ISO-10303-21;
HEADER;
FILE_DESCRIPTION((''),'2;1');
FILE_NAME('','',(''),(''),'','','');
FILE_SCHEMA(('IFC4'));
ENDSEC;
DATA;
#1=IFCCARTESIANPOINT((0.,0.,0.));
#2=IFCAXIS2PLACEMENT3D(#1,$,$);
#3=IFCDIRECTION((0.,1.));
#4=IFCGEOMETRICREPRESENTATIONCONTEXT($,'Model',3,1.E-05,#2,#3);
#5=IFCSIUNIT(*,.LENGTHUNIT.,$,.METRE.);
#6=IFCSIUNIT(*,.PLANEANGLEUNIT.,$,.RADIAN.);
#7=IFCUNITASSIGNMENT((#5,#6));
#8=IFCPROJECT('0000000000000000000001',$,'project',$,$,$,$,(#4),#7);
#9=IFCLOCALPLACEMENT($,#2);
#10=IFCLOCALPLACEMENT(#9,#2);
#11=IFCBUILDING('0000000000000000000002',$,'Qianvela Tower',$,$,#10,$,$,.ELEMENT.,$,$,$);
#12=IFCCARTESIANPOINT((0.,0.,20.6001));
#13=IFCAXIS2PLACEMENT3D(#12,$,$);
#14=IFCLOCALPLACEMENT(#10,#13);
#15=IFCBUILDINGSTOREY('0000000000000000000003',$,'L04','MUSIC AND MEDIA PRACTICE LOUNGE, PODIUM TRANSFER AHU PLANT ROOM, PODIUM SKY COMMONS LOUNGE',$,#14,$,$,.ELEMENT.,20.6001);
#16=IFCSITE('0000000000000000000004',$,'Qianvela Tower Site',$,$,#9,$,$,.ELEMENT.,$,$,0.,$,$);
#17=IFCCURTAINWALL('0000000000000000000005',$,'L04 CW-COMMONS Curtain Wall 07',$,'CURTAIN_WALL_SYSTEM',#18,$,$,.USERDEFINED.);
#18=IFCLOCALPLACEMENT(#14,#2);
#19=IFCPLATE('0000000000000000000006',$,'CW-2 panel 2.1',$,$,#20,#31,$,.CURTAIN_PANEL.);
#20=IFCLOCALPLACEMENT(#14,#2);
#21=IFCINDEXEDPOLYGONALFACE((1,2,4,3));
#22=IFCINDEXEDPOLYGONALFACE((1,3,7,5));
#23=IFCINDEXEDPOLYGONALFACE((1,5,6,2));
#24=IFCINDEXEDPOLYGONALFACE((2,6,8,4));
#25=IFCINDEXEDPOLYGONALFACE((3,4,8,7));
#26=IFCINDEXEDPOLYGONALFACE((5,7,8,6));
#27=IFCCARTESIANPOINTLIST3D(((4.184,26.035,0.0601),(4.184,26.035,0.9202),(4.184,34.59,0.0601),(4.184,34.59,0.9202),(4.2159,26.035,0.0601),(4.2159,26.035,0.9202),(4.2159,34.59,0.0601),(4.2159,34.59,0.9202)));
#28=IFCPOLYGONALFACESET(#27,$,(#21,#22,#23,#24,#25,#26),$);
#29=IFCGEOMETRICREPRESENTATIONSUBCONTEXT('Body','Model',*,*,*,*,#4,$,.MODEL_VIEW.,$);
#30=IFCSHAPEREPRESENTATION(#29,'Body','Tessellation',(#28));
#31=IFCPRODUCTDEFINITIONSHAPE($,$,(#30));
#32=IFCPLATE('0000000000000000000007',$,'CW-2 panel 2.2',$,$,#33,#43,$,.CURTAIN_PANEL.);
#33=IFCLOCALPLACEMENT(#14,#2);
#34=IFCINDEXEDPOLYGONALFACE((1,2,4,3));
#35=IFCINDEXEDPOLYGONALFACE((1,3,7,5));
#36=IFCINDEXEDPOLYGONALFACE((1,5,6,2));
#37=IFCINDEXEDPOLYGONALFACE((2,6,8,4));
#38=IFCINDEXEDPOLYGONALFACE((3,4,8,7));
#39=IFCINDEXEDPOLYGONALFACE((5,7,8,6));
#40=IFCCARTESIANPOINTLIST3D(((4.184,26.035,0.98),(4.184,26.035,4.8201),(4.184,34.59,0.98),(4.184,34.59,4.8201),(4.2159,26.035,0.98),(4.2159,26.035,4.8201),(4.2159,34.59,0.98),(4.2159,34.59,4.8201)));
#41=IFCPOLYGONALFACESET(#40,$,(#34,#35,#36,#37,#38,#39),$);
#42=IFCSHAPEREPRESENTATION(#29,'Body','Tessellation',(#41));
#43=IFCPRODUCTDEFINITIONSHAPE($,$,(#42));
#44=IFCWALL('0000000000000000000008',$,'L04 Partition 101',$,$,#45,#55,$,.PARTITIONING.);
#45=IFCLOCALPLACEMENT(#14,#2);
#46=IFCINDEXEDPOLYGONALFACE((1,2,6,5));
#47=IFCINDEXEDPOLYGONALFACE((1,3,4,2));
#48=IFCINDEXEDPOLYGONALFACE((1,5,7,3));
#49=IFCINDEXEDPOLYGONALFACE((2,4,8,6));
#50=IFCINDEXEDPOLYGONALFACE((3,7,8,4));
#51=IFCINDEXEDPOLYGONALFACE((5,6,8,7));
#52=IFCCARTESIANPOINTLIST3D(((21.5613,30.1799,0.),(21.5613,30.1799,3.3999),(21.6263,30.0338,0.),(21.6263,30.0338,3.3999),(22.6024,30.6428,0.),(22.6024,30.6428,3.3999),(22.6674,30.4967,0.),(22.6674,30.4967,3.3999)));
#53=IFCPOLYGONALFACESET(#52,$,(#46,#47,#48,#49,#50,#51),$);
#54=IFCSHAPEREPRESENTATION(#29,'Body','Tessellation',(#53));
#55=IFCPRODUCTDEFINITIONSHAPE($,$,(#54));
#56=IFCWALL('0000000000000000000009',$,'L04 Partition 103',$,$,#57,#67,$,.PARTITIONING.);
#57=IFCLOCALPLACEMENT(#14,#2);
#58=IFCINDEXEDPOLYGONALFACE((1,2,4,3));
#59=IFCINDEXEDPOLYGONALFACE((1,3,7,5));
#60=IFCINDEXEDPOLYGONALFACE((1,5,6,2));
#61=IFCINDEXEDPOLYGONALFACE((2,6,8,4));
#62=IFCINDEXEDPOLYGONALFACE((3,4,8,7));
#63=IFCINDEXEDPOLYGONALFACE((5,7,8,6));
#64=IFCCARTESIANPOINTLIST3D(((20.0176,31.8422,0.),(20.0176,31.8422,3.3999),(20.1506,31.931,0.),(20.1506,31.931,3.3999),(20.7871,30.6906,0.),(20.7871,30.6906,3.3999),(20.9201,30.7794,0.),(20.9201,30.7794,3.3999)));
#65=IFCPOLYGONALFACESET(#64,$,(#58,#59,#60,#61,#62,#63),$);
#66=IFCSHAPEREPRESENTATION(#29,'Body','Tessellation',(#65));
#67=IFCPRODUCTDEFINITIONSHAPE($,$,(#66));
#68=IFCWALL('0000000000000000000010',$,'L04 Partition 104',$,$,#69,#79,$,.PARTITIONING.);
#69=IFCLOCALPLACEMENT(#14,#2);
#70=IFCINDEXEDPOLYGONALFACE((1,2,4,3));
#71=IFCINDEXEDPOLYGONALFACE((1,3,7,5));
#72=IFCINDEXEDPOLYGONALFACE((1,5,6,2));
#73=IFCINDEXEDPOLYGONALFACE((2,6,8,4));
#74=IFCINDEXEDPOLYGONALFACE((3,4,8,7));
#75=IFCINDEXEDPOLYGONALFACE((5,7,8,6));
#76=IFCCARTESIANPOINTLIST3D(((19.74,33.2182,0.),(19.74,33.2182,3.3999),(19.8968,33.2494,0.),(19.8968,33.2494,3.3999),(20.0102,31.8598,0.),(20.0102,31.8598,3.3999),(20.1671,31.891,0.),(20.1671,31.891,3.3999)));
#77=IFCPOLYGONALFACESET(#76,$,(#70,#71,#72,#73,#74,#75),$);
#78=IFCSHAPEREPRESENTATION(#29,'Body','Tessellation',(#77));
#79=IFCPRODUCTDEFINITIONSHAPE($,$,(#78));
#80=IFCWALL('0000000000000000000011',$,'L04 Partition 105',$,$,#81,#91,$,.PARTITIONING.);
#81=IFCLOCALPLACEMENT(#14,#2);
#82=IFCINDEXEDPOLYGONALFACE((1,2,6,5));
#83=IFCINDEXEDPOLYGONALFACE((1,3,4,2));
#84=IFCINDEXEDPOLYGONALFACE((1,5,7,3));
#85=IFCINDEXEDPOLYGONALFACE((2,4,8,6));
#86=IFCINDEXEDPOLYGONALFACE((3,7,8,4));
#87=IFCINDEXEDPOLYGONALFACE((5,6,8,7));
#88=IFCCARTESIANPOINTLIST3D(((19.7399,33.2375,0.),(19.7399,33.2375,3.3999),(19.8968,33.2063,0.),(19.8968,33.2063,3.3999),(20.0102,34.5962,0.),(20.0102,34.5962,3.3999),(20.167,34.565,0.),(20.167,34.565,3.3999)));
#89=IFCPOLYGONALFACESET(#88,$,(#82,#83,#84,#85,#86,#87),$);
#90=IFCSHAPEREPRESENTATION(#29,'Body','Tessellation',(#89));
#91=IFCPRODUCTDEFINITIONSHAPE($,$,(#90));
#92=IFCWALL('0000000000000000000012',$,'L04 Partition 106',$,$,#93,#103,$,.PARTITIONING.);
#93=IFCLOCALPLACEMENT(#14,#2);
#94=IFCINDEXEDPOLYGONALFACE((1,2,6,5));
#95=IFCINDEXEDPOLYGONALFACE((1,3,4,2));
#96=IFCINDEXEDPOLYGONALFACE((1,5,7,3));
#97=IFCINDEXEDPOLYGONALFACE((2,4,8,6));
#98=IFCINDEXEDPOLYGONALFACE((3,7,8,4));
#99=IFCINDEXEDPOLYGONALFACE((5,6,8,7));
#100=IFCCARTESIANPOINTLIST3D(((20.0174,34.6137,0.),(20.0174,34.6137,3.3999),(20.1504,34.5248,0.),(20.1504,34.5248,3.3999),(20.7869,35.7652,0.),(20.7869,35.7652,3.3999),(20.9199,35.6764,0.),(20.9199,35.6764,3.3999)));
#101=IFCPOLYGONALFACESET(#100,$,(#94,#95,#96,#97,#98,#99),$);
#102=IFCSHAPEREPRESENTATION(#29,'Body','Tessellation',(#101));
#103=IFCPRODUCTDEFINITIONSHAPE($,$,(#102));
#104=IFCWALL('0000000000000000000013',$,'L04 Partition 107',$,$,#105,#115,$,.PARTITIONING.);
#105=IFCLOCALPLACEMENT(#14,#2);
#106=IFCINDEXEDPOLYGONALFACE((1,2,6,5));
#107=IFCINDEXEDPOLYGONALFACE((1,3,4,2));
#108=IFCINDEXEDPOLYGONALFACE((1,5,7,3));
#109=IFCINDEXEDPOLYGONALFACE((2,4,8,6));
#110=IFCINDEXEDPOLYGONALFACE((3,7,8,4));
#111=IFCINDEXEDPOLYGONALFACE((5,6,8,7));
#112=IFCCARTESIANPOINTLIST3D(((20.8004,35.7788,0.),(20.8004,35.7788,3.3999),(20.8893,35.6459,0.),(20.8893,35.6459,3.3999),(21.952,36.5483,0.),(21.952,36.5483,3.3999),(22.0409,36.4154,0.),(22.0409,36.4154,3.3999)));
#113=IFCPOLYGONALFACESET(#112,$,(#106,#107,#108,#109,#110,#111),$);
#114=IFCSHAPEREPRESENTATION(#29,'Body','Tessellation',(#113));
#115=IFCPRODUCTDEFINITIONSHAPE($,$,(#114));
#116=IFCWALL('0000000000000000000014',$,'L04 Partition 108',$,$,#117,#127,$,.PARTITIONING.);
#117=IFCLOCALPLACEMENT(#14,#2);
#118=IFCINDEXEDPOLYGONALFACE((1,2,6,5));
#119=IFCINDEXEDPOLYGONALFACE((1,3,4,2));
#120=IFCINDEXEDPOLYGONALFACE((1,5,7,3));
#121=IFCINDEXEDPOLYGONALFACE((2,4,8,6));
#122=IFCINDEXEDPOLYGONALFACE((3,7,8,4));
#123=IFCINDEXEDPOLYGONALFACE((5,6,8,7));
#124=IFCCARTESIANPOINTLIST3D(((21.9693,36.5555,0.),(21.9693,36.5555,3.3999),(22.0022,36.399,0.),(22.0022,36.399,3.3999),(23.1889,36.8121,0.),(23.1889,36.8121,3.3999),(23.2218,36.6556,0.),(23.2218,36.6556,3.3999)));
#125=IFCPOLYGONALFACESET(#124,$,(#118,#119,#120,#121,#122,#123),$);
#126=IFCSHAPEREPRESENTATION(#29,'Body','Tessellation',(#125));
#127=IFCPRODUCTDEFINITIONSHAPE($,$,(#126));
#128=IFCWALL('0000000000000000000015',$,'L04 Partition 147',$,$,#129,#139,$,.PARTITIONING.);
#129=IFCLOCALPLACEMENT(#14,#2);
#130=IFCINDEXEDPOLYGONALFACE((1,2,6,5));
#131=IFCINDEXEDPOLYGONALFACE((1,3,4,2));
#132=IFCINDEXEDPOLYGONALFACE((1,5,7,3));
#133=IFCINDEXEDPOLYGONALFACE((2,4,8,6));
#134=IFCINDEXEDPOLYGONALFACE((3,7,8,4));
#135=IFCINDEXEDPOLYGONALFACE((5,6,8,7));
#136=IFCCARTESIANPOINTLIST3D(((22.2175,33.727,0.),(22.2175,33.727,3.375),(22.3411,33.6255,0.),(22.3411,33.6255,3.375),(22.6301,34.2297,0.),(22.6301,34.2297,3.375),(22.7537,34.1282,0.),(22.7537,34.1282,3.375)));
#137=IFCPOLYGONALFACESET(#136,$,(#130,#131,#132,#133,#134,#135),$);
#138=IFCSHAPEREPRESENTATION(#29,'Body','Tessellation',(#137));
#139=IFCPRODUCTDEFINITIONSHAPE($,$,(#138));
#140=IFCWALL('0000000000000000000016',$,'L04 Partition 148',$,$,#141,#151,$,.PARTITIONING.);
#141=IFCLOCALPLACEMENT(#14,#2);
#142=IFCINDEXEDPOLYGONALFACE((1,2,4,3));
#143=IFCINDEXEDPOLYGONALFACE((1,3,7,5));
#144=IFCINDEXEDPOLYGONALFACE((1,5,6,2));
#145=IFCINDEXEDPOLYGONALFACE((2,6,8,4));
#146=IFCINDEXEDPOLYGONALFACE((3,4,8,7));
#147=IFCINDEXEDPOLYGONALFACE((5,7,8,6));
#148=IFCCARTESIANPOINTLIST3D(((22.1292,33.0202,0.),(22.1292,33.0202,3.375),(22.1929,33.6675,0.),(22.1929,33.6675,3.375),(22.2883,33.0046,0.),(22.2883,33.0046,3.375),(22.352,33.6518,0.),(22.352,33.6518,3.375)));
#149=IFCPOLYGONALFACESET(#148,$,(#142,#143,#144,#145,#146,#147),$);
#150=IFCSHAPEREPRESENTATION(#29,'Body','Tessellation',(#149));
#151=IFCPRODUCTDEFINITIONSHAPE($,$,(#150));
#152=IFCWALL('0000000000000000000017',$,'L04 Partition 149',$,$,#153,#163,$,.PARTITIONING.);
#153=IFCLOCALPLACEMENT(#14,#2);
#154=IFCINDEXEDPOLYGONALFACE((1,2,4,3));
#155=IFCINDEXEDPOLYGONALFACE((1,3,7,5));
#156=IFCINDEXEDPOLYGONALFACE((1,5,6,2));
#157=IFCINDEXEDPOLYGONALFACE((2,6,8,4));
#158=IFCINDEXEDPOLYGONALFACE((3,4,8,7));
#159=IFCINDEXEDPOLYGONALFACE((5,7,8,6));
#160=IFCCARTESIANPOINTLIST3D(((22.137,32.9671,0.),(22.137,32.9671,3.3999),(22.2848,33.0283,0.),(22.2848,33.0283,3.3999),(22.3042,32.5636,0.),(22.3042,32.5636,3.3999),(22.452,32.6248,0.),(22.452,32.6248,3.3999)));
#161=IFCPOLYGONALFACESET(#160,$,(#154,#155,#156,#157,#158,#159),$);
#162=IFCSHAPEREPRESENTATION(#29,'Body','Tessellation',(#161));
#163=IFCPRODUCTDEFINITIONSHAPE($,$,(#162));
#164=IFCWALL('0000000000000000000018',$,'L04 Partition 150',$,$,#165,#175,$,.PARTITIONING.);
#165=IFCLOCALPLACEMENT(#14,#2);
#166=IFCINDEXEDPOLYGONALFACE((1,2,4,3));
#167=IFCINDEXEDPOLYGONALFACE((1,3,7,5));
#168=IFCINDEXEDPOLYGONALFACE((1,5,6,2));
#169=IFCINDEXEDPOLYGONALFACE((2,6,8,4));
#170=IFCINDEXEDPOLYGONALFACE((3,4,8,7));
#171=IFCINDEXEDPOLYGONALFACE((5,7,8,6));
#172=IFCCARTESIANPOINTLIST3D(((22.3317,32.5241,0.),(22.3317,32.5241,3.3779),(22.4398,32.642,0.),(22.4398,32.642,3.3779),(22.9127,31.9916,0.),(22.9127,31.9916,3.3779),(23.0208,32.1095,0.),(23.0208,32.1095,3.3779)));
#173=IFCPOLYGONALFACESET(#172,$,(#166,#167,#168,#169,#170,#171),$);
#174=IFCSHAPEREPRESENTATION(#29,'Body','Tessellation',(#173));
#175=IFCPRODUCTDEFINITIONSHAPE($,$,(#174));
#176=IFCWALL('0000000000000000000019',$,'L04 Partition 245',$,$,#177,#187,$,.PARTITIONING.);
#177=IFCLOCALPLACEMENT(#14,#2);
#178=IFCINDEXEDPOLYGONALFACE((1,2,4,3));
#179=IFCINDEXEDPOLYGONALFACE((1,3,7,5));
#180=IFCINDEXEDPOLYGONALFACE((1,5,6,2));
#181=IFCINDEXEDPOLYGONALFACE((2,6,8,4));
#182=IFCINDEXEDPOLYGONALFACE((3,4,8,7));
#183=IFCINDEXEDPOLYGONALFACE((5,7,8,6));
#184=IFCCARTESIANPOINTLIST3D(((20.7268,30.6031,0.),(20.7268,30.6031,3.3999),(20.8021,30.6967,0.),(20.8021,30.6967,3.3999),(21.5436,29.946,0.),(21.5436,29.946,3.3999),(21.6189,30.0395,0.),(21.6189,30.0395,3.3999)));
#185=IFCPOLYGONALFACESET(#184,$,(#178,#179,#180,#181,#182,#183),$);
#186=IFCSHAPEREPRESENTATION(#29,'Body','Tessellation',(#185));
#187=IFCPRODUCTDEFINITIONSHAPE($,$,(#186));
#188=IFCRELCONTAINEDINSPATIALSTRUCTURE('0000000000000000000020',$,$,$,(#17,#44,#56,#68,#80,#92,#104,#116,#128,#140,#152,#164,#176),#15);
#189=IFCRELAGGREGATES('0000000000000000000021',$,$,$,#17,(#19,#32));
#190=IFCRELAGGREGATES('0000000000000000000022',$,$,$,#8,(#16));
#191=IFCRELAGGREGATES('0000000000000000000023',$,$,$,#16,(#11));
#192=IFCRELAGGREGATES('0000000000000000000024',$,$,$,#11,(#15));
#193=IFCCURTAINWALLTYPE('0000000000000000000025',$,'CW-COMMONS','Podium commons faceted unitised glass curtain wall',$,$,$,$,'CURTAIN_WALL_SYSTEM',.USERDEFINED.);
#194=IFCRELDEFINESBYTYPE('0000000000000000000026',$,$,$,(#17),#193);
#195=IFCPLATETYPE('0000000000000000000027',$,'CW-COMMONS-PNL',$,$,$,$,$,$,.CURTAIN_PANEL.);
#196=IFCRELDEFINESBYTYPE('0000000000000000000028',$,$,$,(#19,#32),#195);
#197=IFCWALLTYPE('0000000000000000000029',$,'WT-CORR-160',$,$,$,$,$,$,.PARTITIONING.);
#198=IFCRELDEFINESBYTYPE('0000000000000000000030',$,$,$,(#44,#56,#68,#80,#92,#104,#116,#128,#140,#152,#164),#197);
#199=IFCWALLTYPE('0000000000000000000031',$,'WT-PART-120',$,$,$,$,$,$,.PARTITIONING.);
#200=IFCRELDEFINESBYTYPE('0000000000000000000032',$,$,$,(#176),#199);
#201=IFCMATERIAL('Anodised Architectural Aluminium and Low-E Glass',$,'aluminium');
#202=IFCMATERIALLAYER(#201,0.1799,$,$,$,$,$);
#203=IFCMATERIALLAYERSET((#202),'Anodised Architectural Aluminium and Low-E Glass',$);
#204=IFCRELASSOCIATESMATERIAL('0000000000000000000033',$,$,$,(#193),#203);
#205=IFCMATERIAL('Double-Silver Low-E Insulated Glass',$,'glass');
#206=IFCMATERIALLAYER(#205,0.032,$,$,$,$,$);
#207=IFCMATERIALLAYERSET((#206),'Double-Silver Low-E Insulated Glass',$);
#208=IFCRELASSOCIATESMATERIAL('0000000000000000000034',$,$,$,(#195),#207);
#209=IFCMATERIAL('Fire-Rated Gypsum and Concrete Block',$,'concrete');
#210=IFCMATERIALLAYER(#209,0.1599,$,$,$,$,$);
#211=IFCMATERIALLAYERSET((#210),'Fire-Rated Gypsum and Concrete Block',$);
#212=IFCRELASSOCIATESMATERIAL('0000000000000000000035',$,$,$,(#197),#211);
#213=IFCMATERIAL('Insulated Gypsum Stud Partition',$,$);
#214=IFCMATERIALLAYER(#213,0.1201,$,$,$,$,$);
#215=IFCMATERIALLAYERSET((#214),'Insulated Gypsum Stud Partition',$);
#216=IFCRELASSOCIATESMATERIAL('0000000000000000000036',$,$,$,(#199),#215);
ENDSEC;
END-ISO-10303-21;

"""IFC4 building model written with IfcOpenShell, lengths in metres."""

from ifc_helpers import new_model, si_unit, direction, frame, frame_2d, origin, origin_2d, place, context, subcontext, project, spatial, rectangle, extrude, material, layer, layer_set, type_object, element, aggregate, save


model = new_model("IFC4")

# Units and contexts
model_context = context("Model", 3, precision=1e-05, world=origin(), true_north=direction((0.0, 1.0)))
body_context = subcontext(model_context, "Body", "Model", "MODEL_VIEW")
ifc_project = project(units=[si_unit("LENGTHUNIT", "METRE"), si_unit("PLANEANGLEUNIT", "RADIAN")], contexts=[model_context])

# Site, building, storey
site_placement = place(None, origin())
site = spatial("IfcSite", under=ifc_project, at=site_placement, Name="Qianvela Tower Site", CompositionType="ELEMENT", RefElevation=0.0)
building_placement = place(site_placement, origin())
building = spatial("IfcBuilding", under=site, at=building_placement, Name="Qianvela Tower", CompositionType="ELEMENT")
storey_placement = place(building_placement, frame((0.0, 0.0, 20.6001)))
storey = spatial("IfcBuildingStorey", under=building, at=storey_placement, Name="L04", Description="MUSIC AND MEDIA PRACTICE LOUNGE, PODIUM TRANSFER AHU PLANT ROOM, PODIUM SKY COMMONS LOUNGE", CompositionType="ELEMENT", Elevation=20.6001)

# Curtain wall, plates
ifc_material_1 = material(Name="Anodised Architectural Aluminium and Low-E Glass", Category="aluminium")
ifc_layer_1 = layer(ifc_material_1, 0.1799)
ifc_layer_set_1 = layer_set([ifc_layer_1], Name="Anodised Architectural Aluminium and Low-E Glass")
curtain_wall_type = type_object("IfcCurtainWallType", Name="CW-COMMONS", Description="Podium commons faceted unitised glass curtain wall", ElementType="CURTAIN_WALL_SYSTEM", PredefinedType="USERDEFINED", material=ifc_layer_set_1)
curtain_wall_placement = place(storey_placement, origin())
curtain_wall = element("IfcCurtainWall", 1, at=curtain_wall_placement, inside=storey, type_object=curtain_wall_type, Name="L04 CW-COMMONS Curtain Wall 07", ObjectType="CURTAIN_WALL_SYSTEM", PredefinedType="USERDEFINED")
ifc_material_2 = material(Name="Double-Silver Low-E Insulated Glass", Category="glass")
ifc_layer_2 = layer(ifc_material_2, 0.032)
ifc_layer_set_2 = layer_set([ifc_layer_2], Name="Double-Silver Low-E Insulated Glass")
plate_type = type_object("IfcPlateType", Name="CW-COMMONS-PNL", PredefinedType="CURTAIN_PANEL", material=ifc_layer_set_2)
plate_1_placement = place(storey_placement, frame((4.2, 30.3125, 0.0601), z_axis=(0.0, 0.0, 1.0), x_axis=(0.0, -1.0, 0.0)))
plate_1 = element("IfcPlate", 2, at=plate_1_placement, type_object=plate_type, Name="CW-2 panel 2.1", PredefinedType="CURTAIN_PANEL", context=body_context, shape_type="SweptSolid", body=[
    extrude(rectangle(XDim=8.5549, YDim=0.032, at=origin_2d()), origin(), (0.0, 0.0, 1.0), 0.8601),
])
plate_2_placement = place(storey_placement, frame((4.2, 30.3125, 0.98), z_axis=(0.0, 0.0, 1.0), x_axis=(0.0, -1.0, 0.0)))
plate_2 = element("IfcPlate", 3, at=plate_2_placement, type_object=plate_type, Name="CW-2 panel 2.2", PredefinedType="CURTAIN_PANEL", context=body_context, shape_type="SweptSolid", body=[
    extrude(rectangle(XDim=8.5549, YDim=0.032, at=origin_2d()), origin(), (0.0, 0.0, 1.0), 3.8401),
])
aggregate(curtain_wall, [plate_1, plate_2])

# Walls
ifc_material_3 = material(Name="Fire-Rated Gypsum and Concrete Block", Category="concrete")
ifc_layer_3 = layer(ifc_material_3, 0.1599)
ifc_layer_set_3 = layer_set([ifc_layer_3], Name="Fire-Rated Gypsum and Concrete Block")
wall_type_1 = type_object("IfcWallType", Name="WT-CORR-160", PredefinedType="PARTITIONING", material=ifc_layer_set_3)
wall_1_placement = place(storey_placement, frame((22.635, 30.5698, 0.0), z_axis=(0.0, 0.0, 1.0), x_axis=(-0.913741, -0.406298, 0.0)))
element("IfcWall", 4, at=wall_1_placement, inside=storey, type_object=wall_type_1, Name="L04 Partition 101", PredefinedType="PARTITIONING", context=body_context, shape_type="SweptSolid", body=[
    extrude(rectangle(XDim=1.1394, YDim=0.1599, at=frame_2d((0.5698, 0.0))), origin(), (0.0, 0.0, 1.0), 3.3999),
])
for number, where, z_axis, x_axis, name in (
    (5, (20.8535, 30.7351, 0.0), (0.0, 0.0, 1.0), (-0.555595, 0.831453, 0.0), "L04 Partition 103"),
    (6, (20.0886, 31.8755, 0.0), (0.0, 0.0, 1.0), (-0.195133, 0.980777, 0.0), "L04 Partition 104"),
):
    element("IfcWall", number, at=place(storey_placement, frame(where, z_axis=z_axis, x_axis=x_axis)), inside=storey, type_object=wall_type_1, Name=name, PredefinedType="PARTITIONING", context=body_context, shape_type="SweptSolid", body=[
        extrude(rectangle(XDim=1.385, YDim=0.1599, at=frame_2d((0.6924, 0.0))), origin(), (0.0, 0.0, 1.0), 3.3999),
    ])
wall_2_placement = place(storey_placement, frame((19.8184, 33.2219, 0.0), z_axis=(0.0, 0.0, 1.0), x_axis=(0.195099, 0.980784, 0.0)))
element("IfcWall", 7, at=wall_2_placement, inside=storey, type_object=wall_type_1, Name="L04 Partition 105", PredefinedType="PARTITIONING", context=body_context, shape_type="SweptSolid", body=[
    extrude(rectangle(XDim=1.3853, YDim=0.1599, at=frame_2d((0.6926, 0.0))), origin(), (0.0, 0.0, 1.0), 3.3999),
])
for number, where, z_axis, x_axis, name in (
    (8, (20.084, 34.5693, 0.0), (0.0, 0.0, 1.0), (0.555595, 0.831453, 0.0), "L04 Partition 106"),
    (9, (20.845, 35.7124, 0.0), (0.0, 0.0, 1.0), (0.831453, 0.555595, 0.0), "L04 Partition 107"),
):
    element("IfcWall", number, at=place(storey_placement, frame(where, z_axis=z_axis, x_axis=x_axis)), inside=storey, type_object=wall_type_1, Name=name, PredefinedType="PARTITIONING", context=body_context, shape_type="SweptSolid", body=[
        extrude(rectangle(XDim=1.385, YDim=0.1599, at=frame_2d((0.6924, 0.0))), origin(), (0.0, 0.0, 1.0), 3.3999),
    ])
wall_3_placement = place(storey_placement, frame((21.9858, 36.4773, 0.0), z_axis=(0.0, 0.0, 1.0), x_axis=(0.978581, 0.205862, 0.0)))
element("IfcWall", 10, at=wall_3_placement, inside=storey, type_object=wall_type_1, Name="L04 Partition 108", PredefinedType="PARTITIONING", context=body_context, shape_type="SweptSolid", body=[
    extrude(rectangle(XDim=1.2463, YDim=0.1599, at=frame_2d((0.623, 0.0))), origin(), (0.0, 0.0, 1.0), 3.3999),
])
for number, where, z_axis, x_axis, name in (
    (11, (22.6919, 34.179, 0.0), (0.0, 0.0, 1.0), (-0.634443, -0.77297, 0.0), "L04 Partition 147"),
    (12, (22.2725, 33.6597, 0.0), (0.0, 0.0, 1.0), (-0.09798, -0.995188, 0.0), "L04 Partition 148"),
):
    element("IfcWall", number, at=place(storey_placement, frame(where, z_axis=z_axis, x_axis=x_axis)), inside=storey, type_object=wall_type_1, Name=name, PredefinedType="PARTITIONING", context=body_context, shape_type="SweptSolid", body=[
        extrude(rectangle(XDim=0.6504, YDim=0.1599, at=frame_2d((0.3252, 0.0))), origin(), (0.0, 0.0, 1.0), 3.375),
    ])
wall_4_placement = place(storey_placement, frame((22.2109, 32.9976, 0.0), z_axis=(0.0, 0.0, 1.0), x_axis=(0.382829, -0.923819, 0.0)))
element("IfcWall", 13, at=wall_4_placement, inside=storey, type_object=wall_type_1, Name="L04 Partition 149", PredefinedType="PARTITIONING", context=body_context, shape_type="SweptSolid", body=[
    extrude(rectangle(XDim=0.4368, YDim=0.1599, at=frame_2d((0.2183, 0.0))), origin(), (0.0, 0.0, 1.0), 3.3999),
])
wall_5_placement = place(storey_placement, frame((22.3857, 32.583, 0.0), z_axis=(0.0, 0.0, 1.0), x_axis=(0.737257, -0.675612, 0.0)))
element("IfcWall", 14, at=wall_5_placement, inside=storey, type_object=wall_type_1, Name="L04 Partition 150", PredefinedType="PARTITIONING", context=body_context, shape_type="SweptSolid", body=[
    extrude(rectangle(XDim=0.7881, YDim=0.1599, at=frame_2d((0.394, 0.0))), origin(), (0.0, 0.0, 1.0), 3.3779),
])
ifc_material_4 = material(Name="Insulated Gypsum Stud Partition")
ifc_layer_4 = layer(ifc_material_4, 0.1201)
ifc_layer_set_4 = layer_set([ifc_layer_4], Name="Insulated Gypsum Stud Partition")
wall_type_2 = type_object("IfcWallType", Name="WT-PART-120", PredefinedType="PARTITIONING", material=ifc_layer_set_4)
wall_6_placement = place(storey_placement, frame((20.7644, 30.6499, 0.0), z_axis=(0.0, 0.0, 1.0), x_axis=(0.779139, -0.626851, 0.0)))
element("IfcWall", 15, at=wall_6_placement, inside=storey, type_object=wall_type_2, Name="L04 Partition 245", PredefinedType="PARTITIONING", context=body_context, shape_type="SweptSolid", body=[
    extrude(rectangle(XDim=1.0483, YDim=0.1201, at=frame_2d((0.5242, 0.0))), origin(), (0.0, 0.0, 1.0), 3.3999),
])

save(model, "model.ifc")
